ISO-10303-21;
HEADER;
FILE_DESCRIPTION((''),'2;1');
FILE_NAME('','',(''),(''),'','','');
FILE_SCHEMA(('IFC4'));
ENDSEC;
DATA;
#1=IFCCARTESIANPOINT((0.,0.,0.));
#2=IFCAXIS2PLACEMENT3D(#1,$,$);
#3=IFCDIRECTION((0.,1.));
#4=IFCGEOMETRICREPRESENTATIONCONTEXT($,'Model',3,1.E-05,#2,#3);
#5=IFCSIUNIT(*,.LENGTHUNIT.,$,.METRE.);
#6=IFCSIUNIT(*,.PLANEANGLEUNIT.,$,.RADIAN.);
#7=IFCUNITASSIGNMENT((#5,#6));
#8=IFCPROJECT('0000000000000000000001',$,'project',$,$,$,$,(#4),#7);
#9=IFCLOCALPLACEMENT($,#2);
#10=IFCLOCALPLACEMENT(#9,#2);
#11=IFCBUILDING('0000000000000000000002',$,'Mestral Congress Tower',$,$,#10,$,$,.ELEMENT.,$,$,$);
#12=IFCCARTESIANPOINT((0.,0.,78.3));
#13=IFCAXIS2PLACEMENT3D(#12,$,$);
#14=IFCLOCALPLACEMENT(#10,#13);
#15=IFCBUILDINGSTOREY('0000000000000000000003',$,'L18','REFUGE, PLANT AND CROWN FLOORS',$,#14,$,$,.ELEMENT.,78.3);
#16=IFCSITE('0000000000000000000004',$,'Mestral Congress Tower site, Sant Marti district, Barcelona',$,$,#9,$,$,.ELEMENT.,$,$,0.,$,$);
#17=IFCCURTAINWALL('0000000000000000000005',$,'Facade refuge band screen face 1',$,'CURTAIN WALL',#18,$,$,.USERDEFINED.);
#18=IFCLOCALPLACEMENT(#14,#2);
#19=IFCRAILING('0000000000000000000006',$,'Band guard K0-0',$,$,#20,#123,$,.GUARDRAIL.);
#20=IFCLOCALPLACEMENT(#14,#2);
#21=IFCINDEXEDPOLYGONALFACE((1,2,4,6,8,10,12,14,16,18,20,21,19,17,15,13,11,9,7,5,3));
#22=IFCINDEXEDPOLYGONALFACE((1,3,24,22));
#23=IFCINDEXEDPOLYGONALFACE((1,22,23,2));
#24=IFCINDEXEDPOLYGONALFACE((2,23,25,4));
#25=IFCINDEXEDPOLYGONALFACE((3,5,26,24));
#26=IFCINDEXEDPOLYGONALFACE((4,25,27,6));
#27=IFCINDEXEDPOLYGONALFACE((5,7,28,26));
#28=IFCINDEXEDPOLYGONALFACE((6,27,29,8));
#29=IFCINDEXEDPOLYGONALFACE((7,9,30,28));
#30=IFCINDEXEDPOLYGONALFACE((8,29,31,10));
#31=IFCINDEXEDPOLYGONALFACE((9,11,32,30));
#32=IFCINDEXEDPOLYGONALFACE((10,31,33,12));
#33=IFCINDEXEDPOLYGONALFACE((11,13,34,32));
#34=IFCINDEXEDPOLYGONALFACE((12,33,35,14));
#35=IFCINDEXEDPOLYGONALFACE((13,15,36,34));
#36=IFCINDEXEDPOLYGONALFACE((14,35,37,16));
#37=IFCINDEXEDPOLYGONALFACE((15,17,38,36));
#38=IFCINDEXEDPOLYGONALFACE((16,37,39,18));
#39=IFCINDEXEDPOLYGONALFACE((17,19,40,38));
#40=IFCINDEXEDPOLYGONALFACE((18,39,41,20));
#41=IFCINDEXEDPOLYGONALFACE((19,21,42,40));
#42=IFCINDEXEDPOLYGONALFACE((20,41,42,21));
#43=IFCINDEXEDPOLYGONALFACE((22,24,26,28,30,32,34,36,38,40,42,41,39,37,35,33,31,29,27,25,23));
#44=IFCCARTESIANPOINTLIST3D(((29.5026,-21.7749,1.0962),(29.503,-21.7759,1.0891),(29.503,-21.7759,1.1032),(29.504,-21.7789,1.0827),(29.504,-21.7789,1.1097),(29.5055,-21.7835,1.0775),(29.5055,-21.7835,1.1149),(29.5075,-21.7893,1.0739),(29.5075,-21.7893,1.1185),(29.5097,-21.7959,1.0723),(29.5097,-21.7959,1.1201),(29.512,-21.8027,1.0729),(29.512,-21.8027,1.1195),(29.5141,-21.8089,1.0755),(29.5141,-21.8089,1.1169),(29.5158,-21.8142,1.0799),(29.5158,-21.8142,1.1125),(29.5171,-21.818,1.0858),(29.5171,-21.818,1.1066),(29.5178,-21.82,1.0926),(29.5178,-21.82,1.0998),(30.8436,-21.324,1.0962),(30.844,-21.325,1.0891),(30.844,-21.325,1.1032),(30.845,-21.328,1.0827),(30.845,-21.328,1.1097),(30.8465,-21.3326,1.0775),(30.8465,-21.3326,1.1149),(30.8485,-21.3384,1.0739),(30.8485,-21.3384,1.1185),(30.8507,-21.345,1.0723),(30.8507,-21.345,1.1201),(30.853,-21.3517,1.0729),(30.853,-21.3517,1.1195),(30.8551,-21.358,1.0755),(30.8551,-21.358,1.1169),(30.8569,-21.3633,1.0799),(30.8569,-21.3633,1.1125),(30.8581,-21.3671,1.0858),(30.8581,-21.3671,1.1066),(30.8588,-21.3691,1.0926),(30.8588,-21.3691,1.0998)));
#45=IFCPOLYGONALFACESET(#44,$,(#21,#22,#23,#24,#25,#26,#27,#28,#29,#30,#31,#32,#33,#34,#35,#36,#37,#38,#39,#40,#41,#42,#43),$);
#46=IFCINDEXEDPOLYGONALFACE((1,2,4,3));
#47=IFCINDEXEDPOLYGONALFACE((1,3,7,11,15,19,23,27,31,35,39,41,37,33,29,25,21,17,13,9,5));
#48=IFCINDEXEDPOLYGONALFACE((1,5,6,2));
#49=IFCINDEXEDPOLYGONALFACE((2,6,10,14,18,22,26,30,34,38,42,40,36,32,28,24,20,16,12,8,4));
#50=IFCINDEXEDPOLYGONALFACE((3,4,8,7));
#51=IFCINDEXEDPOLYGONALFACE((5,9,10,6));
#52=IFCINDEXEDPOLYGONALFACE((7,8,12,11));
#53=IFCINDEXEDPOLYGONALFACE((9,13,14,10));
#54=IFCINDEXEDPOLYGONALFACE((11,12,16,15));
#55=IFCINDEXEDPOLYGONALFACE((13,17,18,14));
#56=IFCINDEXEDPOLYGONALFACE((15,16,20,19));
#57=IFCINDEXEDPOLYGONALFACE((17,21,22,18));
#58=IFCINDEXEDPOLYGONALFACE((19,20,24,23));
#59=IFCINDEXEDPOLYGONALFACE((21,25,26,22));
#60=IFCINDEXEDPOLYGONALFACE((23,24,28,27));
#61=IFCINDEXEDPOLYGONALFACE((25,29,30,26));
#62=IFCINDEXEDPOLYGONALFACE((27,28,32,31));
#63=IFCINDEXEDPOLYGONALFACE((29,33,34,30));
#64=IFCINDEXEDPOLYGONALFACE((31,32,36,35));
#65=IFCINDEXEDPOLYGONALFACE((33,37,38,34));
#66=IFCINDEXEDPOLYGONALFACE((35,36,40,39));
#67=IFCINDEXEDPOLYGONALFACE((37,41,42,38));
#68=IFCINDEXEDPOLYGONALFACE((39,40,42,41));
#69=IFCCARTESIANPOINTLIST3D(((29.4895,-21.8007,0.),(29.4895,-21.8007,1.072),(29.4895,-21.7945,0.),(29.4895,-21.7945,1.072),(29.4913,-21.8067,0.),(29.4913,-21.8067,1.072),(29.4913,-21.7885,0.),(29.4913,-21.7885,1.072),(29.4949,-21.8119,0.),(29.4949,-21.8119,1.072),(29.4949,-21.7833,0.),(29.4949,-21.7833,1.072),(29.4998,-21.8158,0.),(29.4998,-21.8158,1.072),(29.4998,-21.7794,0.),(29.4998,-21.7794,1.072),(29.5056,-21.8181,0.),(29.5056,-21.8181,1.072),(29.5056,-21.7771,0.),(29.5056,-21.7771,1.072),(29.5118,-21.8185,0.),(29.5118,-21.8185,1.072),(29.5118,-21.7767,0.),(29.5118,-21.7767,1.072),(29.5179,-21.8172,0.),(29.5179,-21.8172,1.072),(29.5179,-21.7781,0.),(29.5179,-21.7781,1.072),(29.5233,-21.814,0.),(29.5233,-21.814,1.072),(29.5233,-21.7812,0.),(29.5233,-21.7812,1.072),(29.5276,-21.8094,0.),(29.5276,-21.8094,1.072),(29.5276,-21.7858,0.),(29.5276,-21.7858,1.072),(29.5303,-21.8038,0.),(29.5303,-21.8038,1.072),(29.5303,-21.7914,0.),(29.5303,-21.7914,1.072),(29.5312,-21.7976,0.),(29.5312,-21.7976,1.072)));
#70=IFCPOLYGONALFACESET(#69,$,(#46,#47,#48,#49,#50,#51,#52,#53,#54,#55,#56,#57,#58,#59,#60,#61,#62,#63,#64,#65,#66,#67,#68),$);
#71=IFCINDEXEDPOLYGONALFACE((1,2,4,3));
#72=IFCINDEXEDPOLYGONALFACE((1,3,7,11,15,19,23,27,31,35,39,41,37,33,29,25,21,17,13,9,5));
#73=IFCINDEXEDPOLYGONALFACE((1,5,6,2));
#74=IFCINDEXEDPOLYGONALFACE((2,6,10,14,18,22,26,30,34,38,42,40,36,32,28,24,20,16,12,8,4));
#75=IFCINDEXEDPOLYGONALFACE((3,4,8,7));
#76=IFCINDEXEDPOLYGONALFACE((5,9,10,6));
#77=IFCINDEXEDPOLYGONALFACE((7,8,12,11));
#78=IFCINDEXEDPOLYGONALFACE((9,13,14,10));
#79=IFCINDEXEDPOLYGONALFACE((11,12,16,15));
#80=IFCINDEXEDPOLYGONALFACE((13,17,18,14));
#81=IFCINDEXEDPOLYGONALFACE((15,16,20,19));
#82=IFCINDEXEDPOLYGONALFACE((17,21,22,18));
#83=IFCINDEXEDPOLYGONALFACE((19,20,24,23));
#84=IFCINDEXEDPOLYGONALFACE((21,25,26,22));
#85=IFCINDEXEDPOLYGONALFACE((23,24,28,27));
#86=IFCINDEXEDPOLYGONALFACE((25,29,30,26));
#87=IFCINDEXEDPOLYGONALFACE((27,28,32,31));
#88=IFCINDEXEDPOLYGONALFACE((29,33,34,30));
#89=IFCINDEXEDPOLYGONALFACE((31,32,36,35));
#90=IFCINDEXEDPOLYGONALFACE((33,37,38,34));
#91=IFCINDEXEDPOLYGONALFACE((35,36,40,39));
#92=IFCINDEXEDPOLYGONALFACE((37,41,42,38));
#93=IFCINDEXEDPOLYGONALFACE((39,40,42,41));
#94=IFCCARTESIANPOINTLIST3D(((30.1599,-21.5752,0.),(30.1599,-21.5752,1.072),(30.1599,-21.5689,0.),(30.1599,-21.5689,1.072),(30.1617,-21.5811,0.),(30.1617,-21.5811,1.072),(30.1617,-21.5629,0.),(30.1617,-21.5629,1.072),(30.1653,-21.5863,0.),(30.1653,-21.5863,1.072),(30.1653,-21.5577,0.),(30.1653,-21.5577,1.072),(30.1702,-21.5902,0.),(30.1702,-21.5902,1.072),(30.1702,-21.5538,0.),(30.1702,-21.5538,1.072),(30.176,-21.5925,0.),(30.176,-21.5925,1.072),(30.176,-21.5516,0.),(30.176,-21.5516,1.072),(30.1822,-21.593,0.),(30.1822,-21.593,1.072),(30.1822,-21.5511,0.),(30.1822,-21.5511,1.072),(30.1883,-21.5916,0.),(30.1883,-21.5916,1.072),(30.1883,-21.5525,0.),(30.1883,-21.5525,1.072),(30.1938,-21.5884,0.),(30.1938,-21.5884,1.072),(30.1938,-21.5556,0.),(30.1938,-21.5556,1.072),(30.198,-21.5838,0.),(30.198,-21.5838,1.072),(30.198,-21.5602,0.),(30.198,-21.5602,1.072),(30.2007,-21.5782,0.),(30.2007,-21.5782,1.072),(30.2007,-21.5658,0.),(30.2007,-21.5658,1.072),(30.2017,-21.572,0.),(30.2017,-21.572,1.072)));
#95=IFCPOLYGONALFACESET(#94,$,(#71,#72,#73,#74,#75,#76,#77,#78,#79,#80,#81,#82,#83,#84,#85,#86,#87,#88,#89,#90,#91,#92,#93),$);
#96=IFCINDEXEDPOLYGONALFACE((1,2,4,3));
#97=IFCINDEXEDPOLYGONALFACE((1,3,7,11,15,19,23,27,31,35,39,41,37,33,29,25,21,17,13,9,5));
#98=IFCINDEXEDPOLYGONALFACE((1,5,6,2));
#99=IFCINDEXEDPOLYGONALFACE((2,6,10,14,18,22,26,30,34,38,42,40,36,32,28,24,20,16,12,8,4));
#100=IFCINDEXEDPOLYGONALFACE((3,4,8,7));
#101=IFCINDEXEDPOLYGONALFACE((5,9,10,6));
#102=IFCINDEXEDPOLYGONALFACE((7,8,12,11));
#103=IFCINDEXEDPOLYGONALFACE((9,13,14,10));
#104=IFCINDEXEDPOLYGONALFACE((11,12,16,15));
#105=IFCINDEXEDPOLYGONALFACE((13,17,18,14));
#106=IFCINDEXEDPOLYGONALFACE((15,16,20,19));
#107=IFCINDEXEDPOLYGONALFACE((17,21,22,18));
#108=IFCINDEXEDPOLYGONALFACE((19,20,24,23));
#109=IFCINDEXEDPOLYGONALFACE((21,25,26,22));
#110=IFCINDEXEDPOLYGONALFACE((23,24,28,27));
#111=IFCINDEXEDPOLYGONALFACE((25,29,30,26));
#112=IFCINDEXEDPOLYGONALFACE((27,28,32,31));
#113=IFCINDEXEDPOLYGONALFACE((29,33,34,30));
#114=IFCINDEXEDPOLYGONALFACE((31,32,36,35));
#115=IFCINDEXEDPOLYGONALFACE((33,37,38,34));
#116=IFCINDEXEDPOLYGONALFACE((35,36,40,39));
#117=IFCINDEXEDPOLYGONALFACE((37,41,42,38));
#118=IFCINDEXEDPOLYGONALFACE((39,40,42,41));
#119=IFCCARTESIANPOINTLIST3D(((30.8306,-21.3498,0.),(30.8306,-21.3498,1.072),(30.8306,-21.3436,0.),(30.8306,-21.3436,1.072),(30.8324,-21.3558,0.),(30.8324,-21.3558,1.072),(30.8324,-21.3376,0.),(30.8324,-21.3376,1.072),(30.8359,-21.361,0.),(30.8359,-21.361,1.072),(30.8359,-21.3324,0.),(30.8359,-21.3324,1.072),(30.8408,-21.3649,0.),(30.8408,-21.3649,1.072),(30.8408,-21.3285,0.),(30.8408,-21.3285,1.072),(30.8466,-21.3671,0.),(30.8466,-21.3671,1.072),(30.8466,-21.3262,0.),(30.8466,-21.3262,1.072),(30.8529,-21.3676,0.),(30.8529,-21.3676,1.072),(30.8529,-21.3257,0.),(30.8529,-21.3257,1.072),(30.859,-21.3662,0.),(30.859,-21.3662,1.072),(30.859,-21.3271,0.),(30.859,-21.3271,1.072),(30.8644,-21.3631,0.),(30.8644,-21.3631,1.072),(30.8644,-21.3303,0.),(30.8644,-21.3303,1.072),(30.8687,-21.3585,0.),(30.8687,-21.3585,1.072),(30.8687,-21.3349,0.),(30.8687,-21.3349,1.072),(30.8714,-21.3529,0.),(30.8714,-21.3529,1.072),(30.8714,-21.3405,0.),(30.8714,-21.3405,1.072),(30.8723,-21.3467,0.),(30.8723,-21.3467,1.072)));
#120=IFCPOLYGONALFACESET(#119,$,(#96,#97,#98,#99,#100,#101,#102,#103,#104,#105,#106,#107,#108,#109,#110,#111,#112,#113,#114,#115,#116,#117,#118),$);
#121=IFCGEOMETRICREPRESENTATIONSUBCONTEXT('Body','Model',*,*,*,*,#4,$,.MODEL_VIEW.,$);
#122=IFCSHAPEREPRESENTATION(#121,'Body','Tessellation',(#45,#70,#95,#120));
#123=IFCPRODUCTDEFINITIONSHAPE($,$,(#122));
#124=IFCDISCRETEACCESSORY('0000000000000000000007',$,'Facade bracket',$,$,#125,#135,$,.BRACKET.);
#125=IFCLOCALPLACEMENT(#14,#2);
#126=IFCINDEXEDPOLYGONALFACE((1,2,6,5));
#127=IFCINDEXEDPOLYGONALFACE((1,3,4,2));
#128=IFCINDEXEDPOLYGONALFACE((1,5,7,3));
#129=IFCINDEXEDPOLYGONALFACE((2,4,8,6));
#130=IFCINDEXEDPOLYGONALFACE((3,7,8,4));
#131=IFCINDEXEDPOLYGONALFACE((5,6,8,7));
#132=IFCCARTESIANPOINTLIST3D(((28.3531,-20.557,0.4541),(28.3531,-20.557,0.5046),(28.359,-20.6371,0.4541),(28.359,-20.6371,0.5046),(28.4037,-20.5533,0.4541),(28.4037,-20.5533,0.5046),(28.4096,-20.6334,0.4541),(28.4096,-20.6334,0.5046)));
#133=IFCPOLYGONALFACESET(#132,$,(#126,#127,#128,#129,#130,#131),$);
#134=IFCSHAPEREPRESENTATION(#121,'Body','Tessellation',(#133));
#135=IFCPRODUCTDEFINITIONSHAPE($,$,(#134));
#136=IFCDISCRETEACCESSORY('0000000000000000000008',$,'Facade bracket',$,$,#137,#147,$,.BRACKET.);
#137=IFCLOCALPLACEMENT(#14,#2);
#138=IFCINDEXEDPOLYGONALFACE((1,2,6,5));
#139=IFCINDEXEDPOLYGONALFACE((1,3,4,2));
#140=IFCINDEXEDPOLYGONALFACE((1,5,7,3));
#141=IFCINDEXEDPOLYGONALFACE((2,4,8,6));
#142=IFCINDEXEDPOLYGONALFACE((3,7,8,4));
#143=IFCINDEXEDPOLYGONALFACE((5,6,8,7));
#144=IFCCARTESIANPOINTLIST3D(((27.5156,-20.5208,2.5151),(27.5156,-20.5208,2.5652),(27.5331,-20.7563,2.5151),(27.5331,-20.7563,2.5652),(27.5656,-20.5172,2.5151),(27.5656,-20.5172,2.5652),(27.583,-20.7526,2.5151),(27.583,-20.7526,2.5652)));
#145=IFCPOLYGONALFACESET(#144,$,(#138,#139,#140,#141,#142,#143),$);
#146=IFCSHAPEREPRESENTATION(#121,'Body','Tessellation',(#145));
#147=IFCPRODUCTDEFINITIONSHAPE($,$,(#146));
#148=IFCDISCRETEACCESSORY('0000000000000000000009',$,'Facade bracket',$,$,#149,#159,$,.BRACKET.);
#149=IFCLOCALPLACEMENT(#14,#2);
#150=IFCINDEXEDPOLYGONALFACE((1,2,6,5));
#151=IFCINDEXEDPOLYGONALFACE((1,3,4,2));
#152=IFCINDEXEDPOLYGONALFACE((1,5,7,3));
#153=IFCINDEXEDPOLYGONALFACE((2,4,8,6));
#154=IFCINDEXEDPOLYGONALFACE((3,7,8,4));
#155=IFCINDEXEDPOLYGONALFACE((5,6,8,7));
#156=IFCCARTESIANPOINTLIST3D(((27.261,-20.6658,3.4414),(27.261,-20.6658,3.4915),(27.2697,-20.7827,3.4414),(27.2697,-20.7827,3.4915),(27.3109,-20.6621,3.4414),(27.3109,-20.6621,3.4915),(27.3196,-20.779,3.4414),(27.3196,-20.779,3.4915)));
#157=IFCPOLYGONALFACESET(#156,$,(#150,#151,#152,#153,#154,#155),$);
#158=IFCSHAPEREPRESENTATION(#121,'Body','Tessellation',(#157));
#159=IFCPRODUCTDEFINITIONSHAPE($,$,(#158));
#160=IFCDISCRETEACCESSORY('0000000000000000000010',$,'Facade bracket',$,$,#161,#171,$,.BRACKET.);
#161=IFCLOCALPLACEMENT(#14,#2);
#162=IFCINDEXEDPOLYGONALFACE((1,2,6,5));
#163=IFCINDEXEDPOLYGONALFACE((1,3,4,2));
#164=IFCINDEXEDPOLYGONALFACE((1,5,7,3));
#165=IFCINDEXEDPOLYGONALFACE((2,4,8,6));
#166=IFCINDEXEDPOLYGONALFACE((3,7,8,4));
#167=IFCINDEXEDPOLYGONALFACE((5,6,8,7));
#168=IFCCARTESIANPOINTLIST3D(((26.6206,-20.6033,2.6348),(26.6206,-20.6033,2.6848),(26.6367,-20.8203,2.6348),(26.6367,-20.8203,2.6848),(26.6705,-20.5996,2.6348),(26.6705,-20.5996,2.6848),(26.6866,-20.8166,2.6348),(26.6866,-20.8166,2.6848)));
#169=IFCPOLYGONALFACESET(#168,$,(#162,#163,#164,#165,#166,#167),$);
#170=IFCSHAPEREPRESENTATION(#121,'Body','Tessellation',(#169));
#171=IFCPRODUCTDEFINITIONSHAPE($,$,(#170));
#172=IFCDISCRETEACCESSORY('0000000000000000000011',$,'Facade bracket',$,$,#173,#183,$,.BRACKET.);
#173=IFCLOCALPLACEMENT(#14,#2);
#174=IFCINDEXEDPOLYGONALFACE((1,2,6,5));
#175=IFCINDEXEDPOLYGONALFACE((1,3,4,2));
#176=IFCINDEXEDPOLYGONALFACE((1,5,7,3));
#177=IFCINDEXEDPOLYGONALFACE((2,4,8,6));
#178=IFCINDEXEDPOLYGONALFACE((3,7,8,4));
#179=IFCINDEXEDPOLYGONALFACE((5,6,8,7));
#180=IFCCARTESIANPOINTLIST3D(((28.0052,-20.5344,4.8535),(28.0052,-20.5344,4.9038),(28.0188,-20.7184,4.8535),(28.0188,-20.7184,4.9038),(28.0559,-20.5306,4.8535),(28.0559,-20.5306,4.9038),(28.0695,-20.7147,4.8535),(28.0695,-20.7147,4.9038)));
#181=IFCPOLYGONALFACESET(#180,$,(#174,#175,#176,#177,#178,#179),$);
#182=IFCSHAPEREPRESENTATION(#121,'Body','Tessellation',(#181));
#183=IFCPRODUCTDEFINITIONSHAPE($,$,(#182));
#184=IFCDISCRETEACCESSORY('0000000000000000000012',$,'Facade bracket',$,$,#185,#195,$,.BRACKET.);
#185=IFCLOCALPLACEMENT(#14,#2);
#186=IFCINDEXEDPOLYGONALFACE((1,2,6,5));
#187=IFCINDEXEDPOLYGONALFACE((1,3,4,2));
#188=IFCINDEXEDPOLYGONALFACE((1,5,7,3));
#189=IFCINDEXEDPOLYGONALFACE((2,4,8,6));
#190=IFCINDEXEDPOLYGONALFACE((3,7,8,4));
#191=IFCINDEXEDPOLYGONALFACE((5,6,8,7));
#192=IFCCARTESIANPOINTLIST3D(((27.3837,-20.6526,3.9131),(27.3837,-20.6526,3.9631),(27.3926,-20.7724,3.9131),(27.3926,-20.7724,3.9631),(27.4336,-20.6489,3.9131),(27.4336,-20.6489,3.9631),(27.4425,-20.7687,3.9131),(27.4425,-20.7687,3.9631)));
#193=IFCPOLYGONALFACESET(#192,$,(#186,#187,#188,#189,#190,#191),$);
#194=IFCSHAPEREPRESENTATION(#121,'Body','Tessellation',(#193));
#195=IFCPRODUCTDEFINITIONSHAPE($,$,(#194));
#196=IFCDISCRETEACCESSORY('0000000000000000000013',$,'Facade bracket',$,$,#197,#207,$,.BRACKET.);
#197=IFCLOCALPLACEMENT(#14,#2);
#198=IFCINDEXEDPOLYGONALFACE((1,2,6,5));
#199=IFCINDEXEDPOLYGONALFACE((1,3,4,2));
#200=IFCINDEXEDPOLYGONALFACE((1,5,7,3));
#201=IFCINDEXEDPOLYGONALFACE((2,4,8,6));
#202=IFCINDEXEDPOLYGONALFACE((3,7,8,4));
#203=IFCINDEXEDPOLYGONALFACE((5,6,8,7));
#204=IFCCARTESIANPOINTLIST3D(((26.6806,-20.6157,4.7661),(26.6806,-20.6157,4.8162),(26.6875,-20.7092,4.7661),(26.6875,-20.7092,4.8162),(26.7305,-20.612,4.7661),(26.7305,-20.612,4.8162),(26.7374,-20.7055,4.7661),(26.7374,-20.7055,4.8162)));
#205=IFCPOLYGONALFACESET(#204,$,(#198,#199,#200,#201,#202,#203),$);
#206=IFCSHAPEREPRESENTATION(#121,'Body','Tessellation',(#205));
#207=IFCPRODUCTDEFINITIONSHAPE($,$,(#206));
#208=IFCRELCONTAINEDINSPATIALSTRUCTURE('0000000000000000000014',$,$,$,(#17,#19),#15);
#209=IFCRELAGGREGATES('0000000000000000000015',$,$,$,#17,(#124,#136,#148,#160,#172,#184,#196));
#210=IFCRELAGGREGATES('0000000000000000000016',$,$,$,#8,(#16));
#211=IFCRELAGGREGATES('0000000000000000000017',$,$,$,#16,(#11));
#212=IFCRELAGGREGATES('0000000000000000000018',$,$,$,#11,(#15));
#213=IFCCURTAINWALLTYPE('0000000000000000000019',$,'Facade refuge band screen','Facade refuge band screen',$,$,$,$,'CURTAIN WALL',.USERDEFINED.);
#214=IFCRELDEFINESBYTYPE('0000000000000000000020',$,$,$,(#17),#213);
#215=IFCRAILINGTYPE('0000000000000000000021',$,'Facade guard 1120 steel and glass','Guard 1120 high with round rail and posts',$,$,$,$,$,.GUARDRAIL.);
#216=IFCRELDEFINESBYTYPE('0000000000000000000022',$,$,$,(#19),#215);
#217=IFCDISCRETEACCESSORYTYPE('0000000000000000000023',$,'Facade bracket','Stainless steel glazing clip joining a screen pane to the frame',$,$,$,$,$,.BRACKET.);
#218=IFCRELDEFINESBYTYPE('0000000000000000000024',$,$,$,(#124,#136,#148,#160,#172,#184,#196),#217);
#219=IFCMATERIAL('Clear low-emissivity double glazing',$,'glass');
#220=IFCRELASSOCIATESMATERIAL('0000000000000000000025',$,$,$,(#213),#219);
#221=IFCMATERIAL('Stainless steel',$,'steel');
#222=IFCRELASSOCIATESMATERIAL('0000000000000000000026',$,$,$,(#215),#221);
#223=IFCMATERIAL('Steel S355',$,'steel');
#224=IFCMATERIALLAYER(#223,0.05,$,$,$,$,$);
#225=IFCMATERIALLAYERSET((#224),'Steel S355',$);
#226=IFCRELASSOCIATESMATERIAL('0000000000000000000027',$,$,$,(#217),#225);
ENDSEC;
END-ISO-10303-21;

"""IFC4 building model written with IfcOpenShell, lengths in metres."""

from ifc_helpers import new_model, si_unit, direction, frame, origin, origin_2d, place, context, subcontext, project, spatial, rectangle, circle, extrude, material, layer, layer_set, type_object, element, aggregate, save


model = new_model("IFC4")

# Units and contexts
model_context = context("Model", 3, precision=1e-05, world=origin(), true_north=direction((0.0, 1.0)))
body_context = subcontext(model_context, "Body", "Model", "MODEL_VIEW")
ifc_project = project(units=[si_unit("LENGTHUNIT", "METRE"), si_unit("PLANEANGLEUNIT", "RADIAN")], contexts=[model_context])

# Site, building, storey
site_placement = place(None, origin())
site = spatial("IfcSite", under=ifc_project, at=site_placement, Name="Mestral Congress Tower site, Sant Marti district, Barcelona", CompositionType="ELEMENT", RefElevation=0.0)
building_placement = place(site_placement, origin())
building = spatial("IfcBuilding", under=site, at=building_placement, Name="Mestral Congress Tower", CompositionType="ELEMENT")
storey_placement = place(building_placement, frame((0.0, 0.0, 78.3)))
storey = spatial("IfcBuildingStorey", under=building, at=storey_placement, Name="L18", Description="REFUGE, PLANT AND CROWN FLOORS", CompositionType="ELEMENT", Elevation=78.3)

# Shared definitions
ifc_material_1 = material(Name="Steel S355", Category="steel")

# Shared definitions
ifc_material_2 = material(Name="Clear low-emissivity double glazing", Category="glass")
curtain_wall_type = type_object("IfcCurtainWallType", Name="Facade refuge band screen", Description="Facade refuge band screen", ElementType="CURTAIN WALL", PredefinedType="USERDEFINED", material=ifc_material_2)
placement = place(storey_placement, origin())

# Curtain wall
curtain_wall_1 = element("IfcCurtainWall", 1, at=placement, inside=storey, type_object=curtain_wall_type, Name="Facade refuge band screen face 1", ObjectType="CURTAIN WALL", PredefinedType="USERDEFINED")

# Railing
ifc_material_3 = material(Name="Stainless steel", Category="steel")
railing_type = type_object("IfcRailingType", Name="Facade guard 1120 steel and glass", Description="Guard 1120 high with round rail and posts", PredefinedType="GUARDRAIL", material=ifc_material_3)
railing_placement = place(storey_placement, frame((29.5103, -21.7976, 0.0)))
element("IfcRailing", 2, at=railing_placement, inside=storey, type_object=railing_type, Name="Band guard K0-0", PredefinedType="GUARDRAIL", context=body_context, shape_type="SweptSolid", body=[
    extrude(circle(Radius=0.0239, at=origin_2d()), frame((0.0, 0.0, 1.0962), z_axis=(0.947852, 0.318711, 0.0), x_axis=(-0.318711, 0.947852, 0.0)), (0.0, 0.0, 1.0), 1.4148),
    extrude(circle(Radius=0.021, at=origin_2d()), origin(), (0.0, 0.0, 1.0), 1.072),
    extrude(circle(Radius=0.021, at=origin_2d()), frame((0.6704, 0.2256, 0.0)), (0.0, 0.0, 1.0), 1.072),
    extrude(circle(Radius=0.021, at=origin_2d()), frame((1.3411, 0.4509, 0.0)), (0.0, 0.0, 1.0), 1.072),
])

# Discrete accessories
ifc_layer_1 = layer(ifc_material_1, 0.05)
ifc_layer_set_1 = layer_set([ifc_layer_1], Name="Steel S355")
discrete_accessory_type = type_object("IfcDiscreteAccessoryType", Name="Facade bracket", Description="Stainless steel glazing clip joining a screen pane to the frame", PredefinedType="BRACKET", material=ifc_layer_set_1)
discrete_accessory_1_placement = place(storey_placement, frame((28.3813, -20.5952, 0.4541), z_axis=(0.0, 0.0, 1.0), x_axis=(0.99727, 0.073835, 0.0)))
discrete_accessory_1 = element("IfcDiscreteAccessory", 3, at=discrete_accessory_1_placement, type_object=discrete_accessory_type, Name="Facade bracket", PredefinedType="BRACKET", context=body_context, shape_type="SweptSolid", body=[
    extrude(rectangle(XDim=0.0508, YDim=0.0803, at=origin_2d()), origin(), (0.0, 0.0, 1.0), 0.0505),
])
discrete_accessory_2_placement = place(storey_placement, frame((27.5493, -20.6367, 2.5151), z_axis=(0.0, 0.0, 1.0), x_axis=(0.997269, 0.073849, 0.0)))
discrete_accessory_2 = element("IfcDiscreteAccessory", 4, at=discrete_accessory_2_placement, type_object=discrete_accessory_type, Name="Facade bracket", PredefinedType="BRACKET", context=body_context, shape_type="SweptSolid", body=[
    extrude(rectangle(XDim=0.05, YDim=0.2361, at=origin_2d()), origin(), (0.0, 0.0, 1.0), 0.05),
])
discrete_accessory_3_placement = place(storey_placement, frame((27.2903, -20.7224, 3.4414), z_axis=(0.0, 0.0, 1.0), x_axis=(0.997268, 0.073865, 0.0)))
discrete_accessory_3 = element("IfcDiscreteAccessory", 5, at=discrete_accessory_3_placement, type_object=discrete_accessory_type, Name="Facade bracket", PredefinedType="BRACKET", context=body_context, shape_type="SweptSolid", body=[
    extrude(rectangle(XDim=0.05, YDim=0.1172, at=origin_2d()), origin(), (0.0, 0.0, 1.0), 0.05),
])
discrete_accessory_4_placement = place(storey_placement, frame((26.6536, -20.71, 2.6348), z_axis=(0.0, 0.0, 1.0), x_axis=(0.997263, 0.073938, 0.0)))
discrete_accessory_4 = element("IfcDiscreteAccessory", 6, at=discrete_accessory_4_placement, type_object=discrete_accessory_type, Name="Facade bracket", PredefinedType="BRACKET", context=body_context, shape_type="SweptSolid", body=[
    extrude(rectangle(XDim=0.05, YDim=0.2175, at=origin_2d()), origin(), (0.0, 0.0, 1.0), 0.05),
])
discrete_accessory_5_placement = place(storey_placement, frame((28.0374, -20.6245, 4.8535), z_axis=(0.0, 0.0, 1.0), x_axis=(0.99727, 0.073835, 0.0)))
discrete_accessory_5 = element("IfcDiscreteAccessory", 7, at=discrete_accessory_5_placement, type_object=discrete_accessory_type, Name="Facade bracket", PredefinedType="BRACKET", context=body_context, shape_type="SweptSolid", body=[
    extrude(rectangle(XDim=0.0508, YDim=0.1846, at=origin_2d()), origin(), (0.0, 0.0, 1.0), 0.0503),
])
discrete_accessory_6_placement = place(storey_placement, frame((27.4131, -20.7107, 3.9131), z_axis=(0.0, 0.0, 1.0), x_axis=(0.997266, 0.0739, 0.0)))
discrete_accessory_6 = element("IfcDiscreteAccessory", 8, at=discrete_accessory_6_placement, type_object=discrete_accessory_type, Name="Facade bracket", PredefinedType="BRACKET", context=body_context, shape_type="SweptSolid", body=[
    extrude(rectangle(XDim=0.05, YDim=0.1201, at=origin_2d()), origin(), (0.0, 0.0, 1.0), 0.05),
])
discrete_accessory_7_placement = place(storey_placement, frame((26.709, -20.6606, 4.7661), z_axis=(0.0, 0.0, 1.0), x_axis=(0.997269, 0.07386, 0.0)))
discrete_accessory_7 = element("IfcDiscreteAccessory", 9, at=discrete_accessory_7_placement, type_object=discrete_accessory_type, Name="Facade bracket", PredefinedType="BRACKET", context=body_context, shape_type="SweptSolid", body=[
    extrude(rectangle(XDim=0.05, YDim=0.0938, at=origin_2d()), origin(), (0.0, 0.0, 1.0), 0.05),
])
aggregate(curtain_wall_1, [discrete_accessory_1, discrete_accessory_2, discrete_accessory_3, discrete_accessory_4, discrete_accessory_5, discrete_accessory_6, discrete_accessory_7])

save(model, "model.ifc")
